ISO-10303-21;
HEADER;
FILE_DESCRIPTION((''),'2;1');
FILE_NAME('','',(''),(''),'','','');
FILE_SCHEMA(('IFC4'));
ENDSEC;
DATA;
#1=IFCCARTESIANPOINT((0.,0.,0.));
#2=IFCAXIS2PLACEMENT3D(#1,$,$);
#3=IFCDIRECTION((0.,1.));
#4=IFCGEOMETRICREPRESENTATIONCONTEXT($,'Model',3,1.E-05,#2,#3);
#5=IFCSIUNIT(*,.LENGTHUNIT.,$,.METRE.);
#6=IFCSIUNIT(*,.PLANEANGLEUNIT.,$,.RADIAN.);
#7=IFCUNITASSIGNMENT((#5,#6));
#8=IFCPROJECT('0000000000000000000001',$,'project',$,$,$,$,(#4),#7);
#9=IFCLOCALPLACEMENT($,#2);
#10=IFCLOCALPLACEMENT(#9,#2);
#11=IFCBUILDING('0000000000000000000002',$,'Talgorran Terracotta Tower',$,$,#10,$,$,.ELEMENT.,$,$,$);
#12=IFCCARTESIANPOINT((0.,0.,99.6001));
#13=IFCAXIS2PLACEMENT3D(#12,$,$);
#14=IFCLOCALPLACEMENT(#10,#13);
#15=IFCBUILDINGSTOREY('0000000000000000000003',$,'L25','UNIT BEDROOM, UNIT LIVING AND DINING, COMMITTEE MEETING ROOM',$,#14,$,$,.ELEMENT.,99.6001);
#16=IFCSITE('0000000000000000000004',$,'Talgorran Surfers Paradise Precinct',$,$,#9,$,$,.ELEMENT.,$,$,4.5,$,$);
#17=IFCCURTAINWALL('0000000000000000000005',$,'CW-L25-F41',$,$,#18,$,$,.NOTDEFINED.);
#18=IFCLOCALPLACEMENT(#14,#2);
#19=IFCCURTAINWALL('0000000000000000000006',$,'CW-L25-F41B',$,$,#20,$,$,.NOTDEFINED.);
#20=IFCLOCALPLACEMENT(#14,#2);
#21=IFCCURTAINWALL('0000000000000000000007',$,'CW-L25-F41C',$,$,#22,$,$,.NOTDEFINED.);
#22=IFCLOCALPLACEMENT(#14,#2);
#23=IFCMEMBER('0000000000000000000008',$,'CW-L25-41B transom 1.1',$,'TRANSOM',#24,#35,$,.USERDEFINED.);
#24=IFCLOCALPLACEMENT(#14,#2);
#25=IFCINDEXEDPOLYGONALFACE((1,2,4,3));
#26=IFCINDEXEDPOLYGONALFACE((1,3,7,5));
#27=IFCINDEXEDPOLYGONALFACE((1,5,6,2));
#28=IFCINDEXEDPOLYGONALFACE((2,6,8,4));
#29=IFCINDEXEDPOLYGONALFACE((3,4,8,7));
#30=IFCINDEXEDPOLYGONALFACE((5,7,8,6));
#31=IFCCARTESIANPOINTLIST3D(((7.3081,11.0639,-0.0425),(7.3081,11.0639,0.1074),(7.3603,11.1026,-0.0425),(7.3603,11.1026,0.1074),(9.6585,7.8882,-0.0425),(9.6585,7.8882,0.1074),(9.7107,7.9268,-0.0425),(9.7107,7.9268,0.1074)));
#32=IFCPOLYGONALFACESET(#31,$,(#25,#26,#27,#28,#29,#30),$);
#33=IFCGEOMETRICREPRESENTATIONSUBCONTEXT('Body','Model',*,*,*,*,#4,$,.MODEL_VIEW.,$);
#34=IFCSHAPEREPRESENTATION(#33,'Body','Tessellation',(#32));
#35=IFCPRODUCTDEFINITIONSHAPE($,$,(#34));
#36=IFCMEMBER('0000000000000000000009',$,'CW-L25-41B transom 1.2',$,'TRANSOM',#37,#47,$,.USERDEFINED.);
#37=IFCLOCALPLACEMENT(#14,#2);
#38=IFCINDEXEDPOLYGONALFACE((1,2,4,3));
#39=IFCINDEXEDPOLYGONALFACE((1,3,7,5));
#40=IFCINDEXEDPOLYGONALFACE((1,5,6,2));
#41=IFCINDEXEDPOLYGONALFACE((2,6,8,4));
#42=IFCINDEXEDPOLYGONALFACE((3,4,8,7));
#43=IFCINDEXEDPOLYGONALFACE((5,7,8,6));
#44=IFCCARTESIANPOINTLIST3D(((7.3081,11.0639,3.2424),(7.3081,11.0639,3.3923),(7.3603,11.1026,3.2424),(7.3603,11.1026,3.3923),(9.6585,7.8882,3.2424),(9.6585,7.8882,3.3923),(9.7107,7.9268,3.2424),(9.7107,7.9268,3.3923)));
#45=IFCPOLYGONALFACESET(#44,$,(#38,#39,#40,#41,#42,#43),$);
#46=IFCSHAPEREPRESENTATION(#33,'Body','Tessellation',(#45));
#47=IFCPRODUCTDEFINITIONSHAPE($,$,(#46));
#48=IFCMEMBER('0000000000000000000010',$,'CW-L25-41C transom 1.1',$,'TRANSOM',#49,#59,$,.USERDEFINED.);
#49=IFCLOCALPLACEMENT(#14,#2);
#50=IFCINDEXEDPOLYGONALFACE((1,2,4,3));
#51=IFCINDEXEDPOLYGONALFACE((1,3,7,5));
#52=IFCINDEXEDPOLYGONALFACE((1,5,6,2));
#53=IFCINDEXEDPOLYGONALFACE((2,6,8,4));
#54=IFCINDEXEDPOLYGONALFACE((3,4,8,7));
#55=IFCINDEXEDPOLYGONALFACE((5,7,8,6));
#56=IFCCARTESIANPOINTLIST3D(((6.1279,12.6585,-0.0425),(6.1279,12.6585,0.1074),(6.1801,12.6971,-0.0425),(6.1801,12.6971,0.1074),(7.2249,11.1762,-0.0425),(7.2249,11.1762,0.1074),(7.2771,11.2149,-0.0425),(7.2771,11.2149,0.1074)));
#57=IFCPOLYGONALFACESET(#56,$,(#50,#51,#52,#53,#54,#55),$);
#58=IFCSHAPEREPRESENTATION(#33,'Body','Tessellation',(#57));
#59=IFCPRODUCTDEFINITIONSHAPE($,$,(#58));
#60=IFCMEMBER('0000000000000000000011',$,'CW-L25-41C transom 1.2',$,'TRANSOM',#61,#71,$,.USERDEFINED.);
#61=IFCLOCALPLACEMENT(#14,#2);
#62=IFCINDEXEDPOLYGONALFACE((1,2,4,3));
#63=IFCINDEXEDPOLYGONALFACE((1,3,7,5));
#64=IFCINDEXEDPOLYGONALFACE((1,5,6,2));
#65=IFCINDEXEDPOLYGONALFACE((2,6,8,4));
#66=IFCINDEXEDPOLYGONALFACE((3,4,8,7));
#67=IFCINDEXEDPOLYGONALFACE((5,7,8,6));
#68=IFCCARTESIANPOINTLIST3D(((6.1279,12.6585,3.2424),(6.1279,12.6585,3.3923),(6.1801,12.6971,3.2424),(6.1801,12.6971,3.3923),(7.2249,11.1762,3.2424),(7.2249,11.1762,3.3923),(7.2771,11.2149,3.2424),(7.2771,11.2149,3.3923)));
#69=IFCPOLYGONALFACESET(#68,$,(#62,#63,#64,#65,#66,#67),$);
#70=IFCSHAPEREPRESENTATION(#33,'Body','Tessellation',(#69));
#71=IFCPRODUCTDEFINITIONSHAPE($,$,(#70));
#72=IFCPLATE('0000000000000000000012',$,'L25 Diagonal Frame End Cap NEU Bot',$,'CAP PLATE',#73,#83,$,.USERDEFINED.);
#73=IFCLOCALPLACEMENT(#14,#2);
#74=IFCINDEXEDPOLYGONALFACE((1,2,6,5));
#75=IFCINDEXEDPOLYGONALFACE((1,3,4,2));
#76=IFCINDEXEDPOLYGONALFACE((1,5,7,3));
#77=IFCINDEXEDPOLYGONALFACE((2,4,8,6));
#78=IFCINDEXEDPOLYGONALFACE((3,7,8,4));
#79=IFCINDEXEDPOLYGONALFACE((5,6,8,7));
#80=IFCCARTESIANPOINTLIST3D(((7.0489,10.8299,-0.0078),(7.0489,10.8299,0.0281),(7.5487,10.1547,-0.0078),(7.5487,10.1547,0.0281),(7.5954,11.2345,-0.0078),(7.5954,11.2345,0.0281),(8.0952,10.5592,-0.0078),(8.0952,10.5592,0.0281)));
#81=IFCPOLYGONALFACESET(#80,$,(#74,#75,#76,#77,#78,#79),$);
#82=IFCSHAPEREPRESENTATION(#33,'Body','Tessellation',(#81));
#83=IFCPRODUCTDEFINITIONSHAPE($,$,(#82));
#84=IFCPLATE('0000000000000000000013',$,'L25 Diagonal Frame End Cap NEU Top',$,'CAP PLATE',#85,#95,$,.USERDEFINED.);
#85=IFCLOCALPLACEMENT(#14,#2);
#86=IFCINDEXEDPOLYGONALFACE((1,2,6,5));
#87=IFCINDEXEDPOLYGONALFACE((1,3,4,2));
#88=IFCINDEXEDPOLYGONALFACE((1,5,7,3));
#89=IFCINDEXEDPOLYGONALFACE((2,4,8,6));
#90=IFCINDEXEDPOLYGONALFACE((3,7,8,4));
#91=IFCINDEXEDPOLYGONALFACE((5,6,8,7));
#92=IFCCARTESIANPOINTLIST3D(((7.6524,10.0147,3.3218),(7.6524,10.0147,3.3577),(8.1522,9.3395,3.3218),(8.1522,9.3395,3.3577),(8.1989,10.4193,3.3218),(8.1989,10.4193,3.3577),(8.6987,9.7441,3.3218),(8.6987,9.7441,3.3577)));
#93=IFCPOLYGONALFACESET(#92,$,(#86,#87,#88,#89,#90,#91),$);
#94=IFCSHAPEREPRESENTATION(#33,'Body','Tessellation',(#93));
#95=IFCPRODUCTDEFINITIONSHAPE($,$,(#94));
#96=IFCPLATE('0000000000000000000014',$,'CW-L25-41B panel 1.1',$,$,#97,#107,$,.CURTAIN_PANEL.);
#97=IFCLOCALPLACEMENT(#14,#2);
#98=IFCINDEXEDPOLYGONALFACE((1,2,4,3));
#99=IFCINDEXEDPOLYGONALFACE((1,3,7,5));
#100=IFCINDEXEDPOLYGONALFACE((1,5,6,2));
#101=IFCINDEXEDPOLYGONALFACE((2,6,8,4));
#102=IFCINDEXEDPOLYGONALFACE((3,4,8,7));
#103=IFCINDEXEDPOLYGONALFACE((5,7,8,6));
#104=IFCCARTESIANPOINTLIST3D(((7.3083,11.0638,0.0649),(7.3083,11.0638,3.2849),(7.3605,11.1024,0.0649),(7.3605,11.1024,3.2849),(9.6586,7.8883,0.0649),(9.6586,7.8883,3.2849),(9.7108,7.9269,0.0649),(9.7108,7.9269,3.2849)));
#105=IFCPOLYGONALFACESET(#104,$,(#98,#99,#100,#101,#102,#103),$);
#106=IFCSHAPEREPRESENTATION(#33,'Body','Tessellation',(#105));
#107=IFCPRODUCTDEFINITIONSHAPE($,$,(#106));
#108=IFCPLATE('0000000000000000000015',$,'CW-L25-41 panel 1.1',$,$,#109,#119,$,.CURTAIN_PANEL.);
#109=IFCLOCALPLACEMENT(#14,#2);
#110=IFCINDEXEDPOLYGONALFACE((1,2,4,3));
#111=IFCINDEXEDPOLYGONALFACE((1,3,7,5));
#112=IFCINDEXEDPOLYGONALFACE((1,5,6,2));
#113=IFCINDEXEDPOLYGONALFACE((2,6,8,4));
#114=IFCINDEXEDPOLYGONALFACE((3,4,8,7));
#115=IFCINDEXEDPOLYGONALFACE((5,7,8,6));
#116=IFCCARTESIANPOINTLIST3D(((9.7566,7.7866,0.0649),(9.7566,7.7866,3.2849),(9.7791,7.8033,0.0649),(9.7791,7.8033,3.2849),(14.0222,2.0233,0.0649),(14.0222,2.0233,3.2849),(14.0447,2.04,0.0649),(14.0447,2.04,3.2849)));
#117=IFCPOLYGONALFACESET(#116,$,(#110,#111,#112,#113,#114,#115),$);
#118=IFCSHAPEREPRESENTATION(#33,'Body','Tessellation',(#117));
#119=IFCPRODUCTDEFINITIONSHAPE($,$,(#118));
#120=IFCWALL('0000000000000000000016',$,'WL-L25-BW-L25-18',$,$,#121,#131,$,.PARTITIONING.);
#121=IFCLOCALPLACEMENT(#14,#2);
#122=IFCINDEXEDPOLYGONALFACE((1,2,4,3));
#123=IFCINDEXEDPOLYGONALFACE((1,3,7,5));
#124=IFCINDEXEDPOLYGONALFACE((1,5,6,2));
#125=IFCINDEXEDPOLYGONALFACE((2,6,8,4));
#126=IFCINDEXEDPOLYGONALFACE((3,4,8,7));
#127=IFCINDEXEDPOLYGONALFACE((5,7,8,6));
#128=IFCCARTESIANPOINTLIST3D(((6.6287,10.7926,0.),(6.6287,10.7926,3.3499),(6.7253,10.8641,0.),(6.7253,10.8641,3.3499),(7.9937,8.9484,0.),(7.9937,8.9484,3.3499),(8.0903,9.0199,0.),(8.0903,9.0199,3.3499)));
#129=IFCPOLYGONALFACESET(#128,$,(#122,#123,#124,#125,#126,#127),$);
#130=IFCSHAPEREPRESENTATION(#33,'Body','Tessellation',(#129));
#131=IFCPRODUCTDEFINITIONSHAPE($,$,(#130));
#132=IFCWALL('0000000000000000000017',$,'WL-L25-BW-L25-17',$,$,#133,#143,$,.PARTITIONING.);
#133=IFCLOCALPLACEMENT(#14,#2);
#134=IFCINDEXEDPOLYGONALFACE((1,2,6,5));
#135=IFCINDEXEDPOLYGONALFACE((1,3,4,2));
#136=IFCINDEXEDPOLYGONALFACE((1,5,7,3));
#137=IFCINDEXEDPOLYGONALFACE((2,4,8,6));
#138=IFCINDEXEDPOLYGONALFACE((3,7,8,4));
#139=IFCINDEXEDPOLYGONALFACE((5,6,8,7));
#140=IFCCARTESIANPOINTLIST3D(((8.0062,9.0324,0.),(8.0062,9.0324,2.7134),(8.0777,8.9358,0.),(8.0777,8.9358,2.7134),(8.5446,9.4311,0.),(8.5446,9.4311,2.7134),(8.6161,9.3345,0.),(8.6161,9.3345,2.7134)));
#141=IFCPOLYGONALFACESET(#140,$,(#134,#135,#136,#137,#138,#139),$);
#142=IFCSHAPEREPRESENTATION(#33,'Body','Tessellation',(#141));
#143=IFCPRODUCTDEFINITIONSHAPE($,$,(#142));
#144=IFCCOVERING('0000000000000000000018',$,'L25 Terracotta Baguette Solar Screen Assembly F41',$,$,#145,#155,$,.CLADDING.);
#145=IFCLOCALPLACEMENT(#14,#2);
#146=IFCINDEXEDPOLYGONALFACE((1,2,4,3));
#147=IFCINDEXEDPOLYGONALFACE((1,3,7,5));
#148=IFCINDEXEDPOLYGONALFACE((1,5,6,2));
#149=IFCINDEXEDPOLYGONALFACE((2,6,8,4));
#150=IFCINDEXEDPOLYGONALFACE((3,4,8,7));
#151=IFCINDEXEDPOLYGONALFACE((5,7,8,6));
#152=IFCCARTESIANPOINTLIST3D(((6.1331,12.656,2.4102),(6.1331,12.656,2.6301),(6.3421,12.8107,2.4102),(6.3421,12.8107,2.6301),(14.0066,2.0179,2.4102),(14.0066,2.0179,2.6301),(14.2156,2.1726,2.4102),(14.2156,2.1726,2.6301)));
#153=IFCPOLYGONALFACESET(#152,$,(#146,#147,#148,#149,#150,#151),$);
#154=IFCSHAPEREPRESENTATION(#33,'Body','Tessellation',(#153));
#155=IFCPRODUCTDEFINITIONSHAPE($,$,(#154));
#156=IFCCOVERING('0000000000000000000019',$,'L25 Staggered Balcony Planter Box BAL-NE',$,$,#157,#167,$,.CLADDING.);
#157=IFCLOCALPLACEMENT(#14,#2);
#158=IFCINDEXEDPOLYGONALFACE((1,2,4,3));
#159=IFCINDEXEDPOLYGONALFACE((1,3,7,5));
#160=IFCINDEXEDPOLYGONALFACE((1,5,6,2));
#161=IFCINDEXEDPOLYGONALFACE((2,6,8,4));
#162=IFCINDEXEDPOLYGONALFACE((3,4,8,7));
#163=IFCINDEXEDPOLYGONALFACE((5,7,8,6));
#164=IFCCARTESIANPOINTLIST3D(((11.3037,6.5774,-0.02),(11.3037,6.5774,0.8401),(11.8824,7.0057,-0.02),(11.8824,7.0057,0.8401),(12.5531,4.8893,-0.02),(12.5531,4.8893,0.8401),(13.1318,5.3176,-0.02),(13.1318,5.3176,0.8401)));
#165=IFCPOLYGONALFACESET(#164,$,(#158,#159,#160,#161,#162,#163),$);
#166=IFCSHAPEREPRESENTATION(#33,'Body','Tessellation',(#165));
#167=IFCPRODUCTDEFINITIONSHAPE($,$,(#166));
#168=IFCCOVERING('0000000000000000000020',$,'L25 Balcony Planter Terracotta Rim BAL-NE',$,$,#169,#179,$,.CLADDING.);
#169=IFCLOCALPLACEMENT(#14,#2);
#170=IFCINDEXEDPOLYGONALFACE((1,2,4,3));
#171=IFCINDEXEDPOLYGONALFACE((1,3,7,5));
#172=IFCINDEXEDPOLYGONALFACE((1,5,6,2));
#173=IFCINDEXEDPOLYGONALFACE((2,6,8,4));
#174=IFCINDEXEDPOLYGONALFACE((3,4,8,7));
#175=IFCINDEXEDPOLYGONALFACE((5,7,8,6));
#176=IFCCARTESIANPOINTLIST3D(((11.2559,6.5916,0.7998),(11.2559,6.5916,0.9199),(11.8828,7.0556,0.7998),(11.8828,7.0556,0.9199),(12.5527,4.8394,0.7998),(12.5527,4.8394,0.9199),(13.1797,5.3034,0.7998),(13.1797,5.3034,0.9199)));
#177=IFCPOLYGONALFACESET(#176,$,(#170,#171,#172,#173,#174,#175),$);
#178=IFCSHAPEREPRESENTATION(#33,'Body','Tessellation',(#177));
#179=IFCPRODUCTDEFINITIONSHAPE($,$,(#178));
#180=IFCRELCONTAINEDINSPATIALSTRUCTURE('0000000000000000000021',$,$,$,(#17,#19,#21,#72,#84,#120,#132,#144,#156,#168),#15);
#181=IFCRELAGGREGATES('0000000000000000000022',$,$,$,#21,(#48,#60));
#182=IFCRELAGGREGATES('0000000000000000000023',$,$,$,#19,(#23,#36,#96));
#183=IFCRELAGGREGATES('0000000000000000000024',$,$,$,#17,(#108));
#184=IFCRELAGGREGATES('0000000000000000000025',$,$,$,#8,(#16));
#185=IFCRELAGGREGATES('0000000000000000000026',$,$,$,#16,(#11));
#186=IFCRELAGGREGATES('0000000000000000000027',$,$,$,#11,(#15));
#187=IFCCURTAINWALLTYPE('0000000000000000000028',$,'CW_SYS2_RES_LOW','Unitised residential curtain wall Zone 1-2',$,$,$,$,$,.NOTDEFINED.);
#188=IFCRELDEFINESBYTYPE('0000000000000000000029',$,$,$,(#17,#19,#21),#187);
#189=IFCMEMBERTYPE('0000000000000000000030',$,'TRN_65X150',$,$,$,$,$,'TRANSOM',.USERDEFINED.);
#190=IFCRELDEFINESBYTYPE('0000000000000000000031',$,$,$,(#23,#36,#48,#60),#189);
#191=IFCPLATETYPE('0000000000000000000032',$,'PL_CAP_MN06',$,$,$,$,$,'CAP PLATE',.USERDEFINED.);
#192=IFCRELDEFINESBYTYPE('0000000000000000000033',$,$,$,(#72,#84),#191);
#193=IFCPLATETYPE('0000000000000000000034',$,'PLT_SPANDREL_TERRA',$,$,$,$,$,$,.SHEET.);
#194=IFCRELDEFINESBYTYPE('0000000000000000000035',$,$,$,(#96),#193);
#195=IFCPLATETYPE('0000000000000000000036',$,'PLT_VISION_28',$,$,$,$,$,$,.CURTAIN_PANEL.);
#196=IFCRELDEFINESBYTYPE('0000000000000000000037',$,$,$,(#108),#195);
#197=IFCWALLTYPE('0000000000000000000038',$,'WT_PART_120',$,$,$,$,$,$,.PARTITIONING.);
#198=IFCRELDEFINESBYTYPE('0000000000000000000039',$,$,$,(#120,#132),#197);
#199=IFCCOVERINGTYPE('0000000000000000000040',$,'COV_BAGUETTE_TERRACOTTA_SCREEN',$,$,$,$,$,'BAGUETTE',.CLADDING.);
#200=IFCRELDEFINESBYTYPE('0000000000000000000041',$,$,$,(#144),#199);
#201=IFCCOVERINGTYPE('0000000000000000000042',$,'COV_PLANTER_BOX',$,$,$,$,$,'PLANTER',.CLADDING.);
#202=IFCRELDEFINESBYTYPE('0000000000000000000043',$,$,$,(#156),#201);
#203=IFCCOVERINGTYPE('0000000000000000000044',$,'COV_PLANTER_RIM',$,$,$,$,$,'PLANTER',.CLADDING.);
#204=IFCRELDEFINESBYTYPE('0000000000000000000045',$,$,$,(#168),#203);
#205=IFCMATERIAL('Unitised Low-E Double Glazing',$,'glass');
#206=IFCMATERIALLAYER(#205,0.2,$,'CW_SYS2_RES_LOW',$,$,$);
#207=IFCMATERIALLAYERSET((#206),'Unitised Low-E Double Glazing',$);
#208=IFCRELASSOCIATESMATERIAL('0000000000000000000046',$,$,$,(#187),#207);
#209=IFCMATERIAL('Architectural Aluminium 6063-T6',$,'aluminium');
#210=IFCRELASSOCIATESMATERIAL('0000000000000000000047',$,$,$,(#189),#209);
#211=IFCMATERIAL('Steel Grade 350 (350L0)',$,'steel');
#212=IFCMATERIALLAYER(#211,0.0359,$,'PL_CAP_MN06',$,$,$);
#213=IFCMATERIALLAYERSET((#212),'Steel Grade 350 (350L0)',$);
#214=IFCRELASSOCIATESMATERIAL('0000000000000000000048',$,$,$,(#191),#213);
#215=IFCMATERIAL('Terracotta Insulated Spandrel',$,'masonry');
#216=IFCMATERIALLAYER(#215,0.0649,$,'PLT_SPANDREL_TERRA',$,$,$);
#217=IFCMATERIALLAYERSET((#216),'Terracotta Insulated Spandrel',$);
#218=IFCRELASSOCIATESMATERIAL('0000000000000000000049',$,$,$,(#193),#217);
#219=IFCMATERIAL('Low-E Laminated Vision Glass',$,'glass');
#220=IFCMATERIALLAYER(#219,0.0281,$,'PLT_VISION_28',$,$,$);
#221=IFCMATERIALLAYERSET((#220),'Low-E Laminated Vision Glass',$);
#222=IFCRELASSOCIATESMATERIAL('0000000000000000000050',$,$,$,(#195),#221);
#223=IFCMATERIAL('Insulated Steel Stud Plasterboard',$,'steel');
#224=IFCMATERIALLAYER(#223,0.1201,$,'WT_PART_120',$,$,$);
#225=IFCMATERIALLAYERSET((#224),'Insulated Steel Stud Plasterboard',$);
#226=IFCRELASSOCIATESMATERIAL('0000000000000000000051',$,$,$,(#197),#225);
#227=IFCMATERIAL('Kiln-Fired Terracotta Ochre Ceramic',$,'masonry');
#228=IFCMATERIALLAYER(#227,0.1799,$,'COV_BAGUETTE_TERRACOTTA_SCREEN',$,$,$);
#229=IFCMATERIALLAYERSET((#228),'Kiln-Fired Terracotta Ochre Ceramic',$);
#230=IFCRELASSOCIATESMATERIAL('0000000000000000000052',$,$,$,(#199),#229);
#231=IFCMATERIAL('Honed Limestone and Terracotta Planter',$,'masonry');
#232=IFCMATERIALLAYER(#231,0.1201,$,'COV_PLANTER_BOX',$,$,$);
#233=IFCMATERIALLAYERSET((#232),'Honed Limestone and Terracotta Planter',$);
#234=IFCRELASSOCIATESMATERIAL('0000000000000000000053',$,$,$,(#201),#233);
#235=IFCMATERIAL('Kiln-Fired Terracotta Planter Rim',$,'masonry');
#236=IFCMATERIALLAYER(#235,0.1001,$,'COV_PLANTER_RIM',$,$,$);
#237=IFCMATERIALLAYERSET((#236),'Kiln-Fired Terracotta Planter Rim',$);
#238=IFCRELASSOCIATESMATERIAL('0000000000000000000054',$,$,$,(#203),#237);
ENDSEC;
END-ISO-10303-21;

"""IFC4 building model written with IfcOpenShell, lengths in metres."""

from ifc_helpers import new_model, si_unit, direction, frame, frame_2d, origin, origin_2d, place, context, subcontext, project, spatial, rectangle, extrude, source, transform, mapped, material, layer, layer_set, material_profile, profile_set, type_object, type_shapes, element, aggregate, save


model = new_model("IFC4")

# Units and contexts
model_context = context("Model", 3, precision=1e-05, world=origin(), true_north=direction((0.0, 1.0)))
body_context = subcontext(model_context, "Body", "Model", "MODEL_VIEW")
ifc_project = project(units=[si_unit("LENGTHUNIT", "METRE"), si_unit("PLANEANGLEUNIT", "RADIAN")], contexts=[model_context])

# Site, building, storey
site_placement = place(None, origin())
site = spatial("IfcSite", under=ifc_project, at=site_placement, Name="Talgorran Surfers Paradise Precinct", CompositionType="ELEMENT", RefElevation=4.5)
building_placement = place(site_placement, origin())
building = spatial("IfcBuilding", under=site, at=building_placement, Name="Talgorran Terracotta Tower", CompositionType="ELEMENT")
storey_placement = place(building_placement, frame((0.0, 0.0, 99.6001)))
storey = spatial("IfcBuildingStorey", under=building, at=storey_placement, Name="L25", Description="UNIT BEDROOM, UNIT LIVING AND DINING, COMMITTEE MEETING ROOM", CompositionType="ELEMENT", Elevation=99.6001)

# Shared definitions
ifc_material_1 = material(Name="Steel Grade 350 (350L0)", Category="steel")

# Curtain wall
ifc_material_2 = material(Name="Unitised Low-E Double Glazing", Category="glass")
ifc_layer_1 = layer(ifc_material_2, 0.2, Name="CW_SYS2_RES_LOW")
ifc_layer_set_1 = layer_set([ifc_layer_1], Name="Unitised Low-E Double Glazing")
curtain_wall_type = type_object("IfcCurtainWallType", Name="CW_SYS2_RES_LOW", Description="Unitised residential curtain wall Zone 1-2", PredefinedType="NOTDEFINED", material=ifc_layer_set_1)
curtain_wall_1_placement = place(storey_placement, origin())
curtain_wall_1 = element("IfcCurtainWall", 1, at=curtain_wall_1_placement, inside=storey, type_object=curtain_wall_type, Name="CW-L25-F41", PredefinedType="NOTDEFINED")
ifc_material_3 = material(Name="Architectural Aluminium 6063-T6", Category="aluminium")

# Curtain wall
curtain_wall_2_placement = place(storey_placement, origin())
curtain_wall_2 = element("IfcCurtainWall", 2, at=curtain_wall_2_placement, inside=storey, type_object=curtain_wall_type, Name="CW-L25-F41B", PredefinedType="NOTDEFINED")

# Curtain wall
curtain_wall_3_placement = place(storey_placement, origin())
curtain_wall_3 = element("IfcCurtainWall", 3, at=curtain_wall_3_placement, inside=storey, type_object=curtain_wall_type, Name="CW-L25-F41C", PredefinedType="NOTDEFINED")

# Members
ifc_material_profile_1 = material_profile(ifc_material_3, rectangle(XDim=0.0649, YDim=0.1499, at=origin_2d()), Name="CWT65X150")
ifc_profile_set_1 = profile_set([ifc_material_profile_1], Name="Architectural Aluminium 6063-T6")
member_type_1 = type_object("IfcMemberType", Name="TRN_65X150", ElementType="TRANSOM", PredefinedType="USERDEFINED", material=ifc_profile_set_1)
member_1_placement = place(storey_placement, frame((9.6846, 7.9075, 0.0325), z_axis=(-0.594886, 0.80381, 0.0), x_axis=(-0.80381, -0.594886, 0.0)))
member_1 = element("IfcMember", 4, at=member_1_placement, type_object=member_type_1, Name="CW-L25-41B transom 1.1", ObjectType="TRANSOM", PredefinedType="USERDEFINED", context=body_context, shape_type="SweptSolid", body=[
    extrude(rectangle(XDim=0.0649, YDim=0.1499, at=origin_2d()), origin(), (0.0, 0.0, 1.0), 3.9509),
])
member_2_placement = place(storey_placement, frame((9.6846, 7.9075, 3.3174), z_axis=(-0.594886, 0.80381, 0.0), x_axis=(-0.80381, -0.594886, 0.0)))
member_2 = element("IfcMember", 5, at=member_2_placement, type_object=member_type_1, Name="CW-L25-41B transom 1.2", ObjectType="TRANSOM", PredefinedType="USERDEFINED", context=body_context, shape_type="SweptSolid", body=[
    extrude(rectangle(XDim=0.0649, YDim=0.1499, at=origin_2d()), origin(), (0.0, 0.0, 1.0), 3.9509),
])
member_3_placement = place(storey_placement, frame((7.251, 11.1956, 0.0325), z_axis=(-0.594882, 0.803813, 0.0), x_axis=(-0.803813, -0.594882, 0.0)))
member_3 = element("IfcMember", 6, at=member_3_placement, type_object=member_type_1, Name="CW-L25-41C transom 1.1", ObjectType="TRANSOM", PredefinedType="USERDEFINED", context=body_context, shape_type="SweptSolid", body=[
    extrude(rectangle(XDim=0.0649, YDim=0.1499, at=origin_2d()), origin(), (0.0, 0.0, 1.0), 1.844),
])
member_4_placement = place(storey_placement, frame((7.251, 11.1956, 3.3174), z_axis=(-0.594882, 0.803813, 0.0), x_axis=(-0.803813, -0.594882, 0.0)))
member_4 = element("IfcMember", 7, at=member_4_placement, type_object=member_type_1, Name="CW-L25-41C transom 1.2", ObjectType="TRANSOM", PredefinedType="USERDEFINED", context=body_context, shape_type="SweptSolid", body=[
    extrude(rectangle(XDim=0.0649, YDim=0.1499, at=origin_2d()), origin(), (0.0, 0.0, 1.0), 1.844),
])
aggregate(curtain_wall_3, [member_3, member_4])

# Plates
ifc_layer_2 = layer(ifc_material_1, 0.0359, Name="PL_CAP_MN06")
ifc_layer_set_2 = layer_set([ifc_layer_2], Name="Steel Grade 350 (350L0)")
plate_type_1 = type_object("IfcPlateType", Name="PL_CAP_MN06", ElementType="CAP PLATE", PredefinedType="USERDEFINED", material=ifc_layer_set_2)
for number, where, z_axis, x_axis, name in (
    (8, (7.572, 10.6946, -0.0078), (0.0, 0.0, 1.0), (0.594963, -0.803753, 0.0), "L25 Diagonal Frame End Cap NEU Bot"),
    (9, (8.1755, 9.8794, 3.3218), (0.0, 0.0, 1.0), (0.594963, -0.803753, 0.0), "L25 Diagonal Frame End Cap NEU Top"),
):
    element("IfcPlate", number, at=place(storey_placement, frame(where, z_axis=z_axis, x_axis=x_axis)), inside=storey, type_object=plate_type_1, Name=name, ObjectType="CAP PLATE", PredefinedType="USERDEFINED", context=body_context, shape_type="SweptSolid", body=[
        extrude(rectangle(XDim=0.8401, YDim=0.6799, at=origin_2d()), origin(), (0.0, 0.0, 1.0), 0.0359),
    ])

# Plates
ifc_material_4 = material(Name="Terracotta Insulated Spandrel", Category="masonry")
ifc_layer_3 = layer(ifc_material_4, 0.0649, Name="PLT_SPANDREL_TERRA")
ifc_layer_set_3 = layer_set([ifc_layer_3], Name="Terracotta Insulated Spandrel")
plate_type_2 = type_object("IfcPlateType", Name="PLT_SPANDREL_TERRA", PredefinedType="SHEET", material=ifc_layer_set_3)
shared_shape_1 = source(origin(), body_context, "Body", "SweptSolid", [
    extrude(rectangle(XDim=3.9507, YDim=0.0649, at=origin_2d()), origin(), (0.0, 0.0, 1.0), 3.22),
])
type_shapes(plate_type_2, [shared_shape_1])
plate_1_placement = place(storey_placement, frame((8.5095, 9.4954, 0.0649), z_axis=(0.0, 0.0, 1.0), x_axis=(-0.59491, 0.803792, 0.0)))
plate_1 = element("IfcPlate", 10, at=plate_1_placement, type_object=plate_type_2, Name="CW-L25-41B panel 1.1", PredefinedType="CURTAIN_PANEL", context=body_context, shape_type="MappedRepresentation", body=[
    mapped(shared_shape_1, transform((0.0, 0.0, 0.0), scale=1.0)),
])
aggregate(curtain_wall_2, [member_1, member_2, plate_1])
ifc_material_5 = material(Name="Low-E Laminated Vision Glass", Category="glass")
ifc_layer_4 = layer(ifc_material_5, 0.0281, Name="PLT_VISION_28")
ifc_layer_set_4 = layer_set([ifc_layer_4], Name="Low-E Laminated Vision Glass")
plate_type_3 = type_object("IfcPlateType", Name="PLT_VISION_28", PredefinedType="CURTAIN_PANEL", material=ifc_layer_set_4)
shared_shape_2 = source(origin(), body_context, "Body", "SweptSolid", [
    extrude(rectangle(XDim=7.1702, YDim=0.0281, at=origin_2d()), origin(), (0.0, 0.0, 1.0), 3.22),
])
type_shapes(plate_type_3, [shared_shape_2])
plate_2_placement = place(storey_placement, frame((11.9006, 4.9133, 0.0649), z_axis=(0.0, 0.0, 1.0), x_axis=(-0.59491, 0.803793, 0.0)))
plate_2 = element("IfcPlate", 11, at=plate_2_placement, type_object=plate_type_3, Name="CW-L25-41 panel 1.1", PredefinedType="CURTAIN_PANEL", context=body_context, shape_type="MappedRepresentation", body=[
    mapped(shared_shape_2, transform((0.0, 0.0, 0.0), scale=1.0)),
])
aggregate(curtain_wall_1, [plate_2])

# Walls
ifc_material_6 = material(Name="Insulated Steel Stud Plasterboard", Category="steel")
ifc_layer_5 = layer(ifc_material_6, 0.1201, Name="WT_PART_120")
ifc_layer_set_5 = layer_set([ifc_layer_5], Name="Insulated Steel Stud Plasterboard")
wall_type = type_object("IfcWallType", Name="WT_PART_120", PredefinedType="PARTITIONING", material=ifc_layer_set_5)
wall_1_placement = place(storey_placement, frame((8.042, 8.9841, 0.0), z_axis=(0.0, 0.0, 1.0), x_axis=(-0.594915, 0.803789, 0.0)))
element("IfcWall", 12, at=wall_1_placement, inside=storey, type_object=wall_type, Name="WL-L25-BW-L25-18", PredefinedType="PARTITIONING", context=body_context, shape_type="SweptSolid", body=[
    extrude(rectangle(XDim=2.2944, YDim=0.1201, at=frame_2d((1.1472, 0.0))), origin(), (0.0, 0.0, 1.0), 3.3499),
])
wall_2_placement = place(storey_placement, frame((8.5803, 9.3828, 0.0), z_axis=(0.0, 0.0, 1.0), x_axis=(-0.803615, -0.595149, 0.0)))
element("IfcWall", 13, at=wall_2_placement, inside=storey, type_object=wall_type, Name="WL-L25-BW-L25-17", PredefinedType="PARTITIONING", context=body_context, shape_type="SweptSolid", body=[
    extrude(rectangle(XDim=0.6699, YDim=0.1201, at=frame_2d((0.335, 0.0))), origin(), (0.0, 0.0, 1.0), 2.7134),
])

# Coverings
ifc_material_7 = material(Name="Kiln-Fired Terracotta Ochre Ceramic", Category="masonry")
ifc_layer_6 = layer(ifc_material_7, 0.1799, Name="COV_BAGUETTE_TERRACOTTA_SCREEN")
ifc_layer_set_6 = layer_set([ifc_layer_6], Name="Kiln-Fired Terracotta Ochre Ceramic")
covering_type_1 = type_object("IfcCoveringType", Name="COV_BAGUETTE_TERRACOTTA_SCREEN", ElementType="BAGUETTE", PredefinedType="CLADDING", material=ifc_layer_set_6)
covering_1_placement = place(storey_placement, frame((10.1743, 7.4143, 2.4102), z_axis=(0.0, 0.0, 1.0), x_axis=(-0.594907, 0.803795, 0.0)))
element("IfcCovering", 14, at=covering_1_placement, inside=storey, type_object=covering_type_1, Name="L25 Terracotta Baguette Solar Screen Assembly F41", PredefinedType="CLADDING", context=body_context, shape_type="SweptSolid", body=[
    extrude(rectangle(XDim=13.2349, YDim=0.26, at=origin_2d()), origin(), (0.0, 0.0, 1.0), 0.22),
])
ifc_material_8 = material(Name="Honed Limestone and Terracotta Planter", Category="masonry")
ifc_layer_7 = layer(ifc_material_8, 0.1201, Name="COV_PLANTER_BOX")
ifc_layer_set_7 = layer_set([ifc_layer_7], Name="Honed Limestone and Terracotta Planter")
covering_type_2 = type_object("IfcCoveringType", Name="COV_PLANTER_BOX", ElementType="PLANTER", PredefinedType="CLADDING", material=ifc_layer_set_7)
covering_2_placement = place(storey_placement, frame((12.2178, 5.9475, -0.02), z_axis=(0.0, 0.0, 1.0), x_axis=(-0.594907, 0.803795, 0.0)))
element("IfcCovering", 15, at=covering_2_placement, inside=storey, type_object=covering_type_2, Name="L25 Staggered Balcony Planter Box BAL-NE", PredefinedType="CLADDING", context=body_context, shape_type="SweptSolid", body=[
    extrude(rectangle(XDim=2.1001, YDim=0.72, at=origin_2d()), origin(), (0.0, 0.0, 1.0), 0.8601),
])
ifc_material_9 = material(Name="Kiln-Fired Terracotta Planter Rim", Category="masonry")
ifc_layer_8 = layer(ifc_material_9, 0.1001, Name="COV_PLANTER_RIM")
ifc_layer_set_8 = layer_set([ifc_layer_8], Name="Kiln-Fired Terracotta Planter Rim")
covering_type_3 = type_object("IfcCoveringType", Name="COV_PLANTER_RIM", ElementType="PLANTER", PredefinedType="CLADDING", material=ifc_layer_set_8)
covering_3_placement = place(storey_placement, frame((12.2178, 5.9475, 0.7998), z_axis=(0.0, 0.0, 1.0), x_axis=(-0.594907, 0.803795, 0.0)))
element("IfcCovering", 16, at=covering_3_placement, inside=storey, type_object=covering_type_3, Name="L25 Balcony Planter Terracotta Rim BAL-NE", PredefinedType="CLADDING", context=body_context, shape_type="SweptSolid", body=[
    extrude(rectangle(XDim=2.1799, YDim=0.78, at=origin_2d()), origin(), (0.0, 0.0, 1.0), 0.1201),
])

save(model, "model.ifc")
